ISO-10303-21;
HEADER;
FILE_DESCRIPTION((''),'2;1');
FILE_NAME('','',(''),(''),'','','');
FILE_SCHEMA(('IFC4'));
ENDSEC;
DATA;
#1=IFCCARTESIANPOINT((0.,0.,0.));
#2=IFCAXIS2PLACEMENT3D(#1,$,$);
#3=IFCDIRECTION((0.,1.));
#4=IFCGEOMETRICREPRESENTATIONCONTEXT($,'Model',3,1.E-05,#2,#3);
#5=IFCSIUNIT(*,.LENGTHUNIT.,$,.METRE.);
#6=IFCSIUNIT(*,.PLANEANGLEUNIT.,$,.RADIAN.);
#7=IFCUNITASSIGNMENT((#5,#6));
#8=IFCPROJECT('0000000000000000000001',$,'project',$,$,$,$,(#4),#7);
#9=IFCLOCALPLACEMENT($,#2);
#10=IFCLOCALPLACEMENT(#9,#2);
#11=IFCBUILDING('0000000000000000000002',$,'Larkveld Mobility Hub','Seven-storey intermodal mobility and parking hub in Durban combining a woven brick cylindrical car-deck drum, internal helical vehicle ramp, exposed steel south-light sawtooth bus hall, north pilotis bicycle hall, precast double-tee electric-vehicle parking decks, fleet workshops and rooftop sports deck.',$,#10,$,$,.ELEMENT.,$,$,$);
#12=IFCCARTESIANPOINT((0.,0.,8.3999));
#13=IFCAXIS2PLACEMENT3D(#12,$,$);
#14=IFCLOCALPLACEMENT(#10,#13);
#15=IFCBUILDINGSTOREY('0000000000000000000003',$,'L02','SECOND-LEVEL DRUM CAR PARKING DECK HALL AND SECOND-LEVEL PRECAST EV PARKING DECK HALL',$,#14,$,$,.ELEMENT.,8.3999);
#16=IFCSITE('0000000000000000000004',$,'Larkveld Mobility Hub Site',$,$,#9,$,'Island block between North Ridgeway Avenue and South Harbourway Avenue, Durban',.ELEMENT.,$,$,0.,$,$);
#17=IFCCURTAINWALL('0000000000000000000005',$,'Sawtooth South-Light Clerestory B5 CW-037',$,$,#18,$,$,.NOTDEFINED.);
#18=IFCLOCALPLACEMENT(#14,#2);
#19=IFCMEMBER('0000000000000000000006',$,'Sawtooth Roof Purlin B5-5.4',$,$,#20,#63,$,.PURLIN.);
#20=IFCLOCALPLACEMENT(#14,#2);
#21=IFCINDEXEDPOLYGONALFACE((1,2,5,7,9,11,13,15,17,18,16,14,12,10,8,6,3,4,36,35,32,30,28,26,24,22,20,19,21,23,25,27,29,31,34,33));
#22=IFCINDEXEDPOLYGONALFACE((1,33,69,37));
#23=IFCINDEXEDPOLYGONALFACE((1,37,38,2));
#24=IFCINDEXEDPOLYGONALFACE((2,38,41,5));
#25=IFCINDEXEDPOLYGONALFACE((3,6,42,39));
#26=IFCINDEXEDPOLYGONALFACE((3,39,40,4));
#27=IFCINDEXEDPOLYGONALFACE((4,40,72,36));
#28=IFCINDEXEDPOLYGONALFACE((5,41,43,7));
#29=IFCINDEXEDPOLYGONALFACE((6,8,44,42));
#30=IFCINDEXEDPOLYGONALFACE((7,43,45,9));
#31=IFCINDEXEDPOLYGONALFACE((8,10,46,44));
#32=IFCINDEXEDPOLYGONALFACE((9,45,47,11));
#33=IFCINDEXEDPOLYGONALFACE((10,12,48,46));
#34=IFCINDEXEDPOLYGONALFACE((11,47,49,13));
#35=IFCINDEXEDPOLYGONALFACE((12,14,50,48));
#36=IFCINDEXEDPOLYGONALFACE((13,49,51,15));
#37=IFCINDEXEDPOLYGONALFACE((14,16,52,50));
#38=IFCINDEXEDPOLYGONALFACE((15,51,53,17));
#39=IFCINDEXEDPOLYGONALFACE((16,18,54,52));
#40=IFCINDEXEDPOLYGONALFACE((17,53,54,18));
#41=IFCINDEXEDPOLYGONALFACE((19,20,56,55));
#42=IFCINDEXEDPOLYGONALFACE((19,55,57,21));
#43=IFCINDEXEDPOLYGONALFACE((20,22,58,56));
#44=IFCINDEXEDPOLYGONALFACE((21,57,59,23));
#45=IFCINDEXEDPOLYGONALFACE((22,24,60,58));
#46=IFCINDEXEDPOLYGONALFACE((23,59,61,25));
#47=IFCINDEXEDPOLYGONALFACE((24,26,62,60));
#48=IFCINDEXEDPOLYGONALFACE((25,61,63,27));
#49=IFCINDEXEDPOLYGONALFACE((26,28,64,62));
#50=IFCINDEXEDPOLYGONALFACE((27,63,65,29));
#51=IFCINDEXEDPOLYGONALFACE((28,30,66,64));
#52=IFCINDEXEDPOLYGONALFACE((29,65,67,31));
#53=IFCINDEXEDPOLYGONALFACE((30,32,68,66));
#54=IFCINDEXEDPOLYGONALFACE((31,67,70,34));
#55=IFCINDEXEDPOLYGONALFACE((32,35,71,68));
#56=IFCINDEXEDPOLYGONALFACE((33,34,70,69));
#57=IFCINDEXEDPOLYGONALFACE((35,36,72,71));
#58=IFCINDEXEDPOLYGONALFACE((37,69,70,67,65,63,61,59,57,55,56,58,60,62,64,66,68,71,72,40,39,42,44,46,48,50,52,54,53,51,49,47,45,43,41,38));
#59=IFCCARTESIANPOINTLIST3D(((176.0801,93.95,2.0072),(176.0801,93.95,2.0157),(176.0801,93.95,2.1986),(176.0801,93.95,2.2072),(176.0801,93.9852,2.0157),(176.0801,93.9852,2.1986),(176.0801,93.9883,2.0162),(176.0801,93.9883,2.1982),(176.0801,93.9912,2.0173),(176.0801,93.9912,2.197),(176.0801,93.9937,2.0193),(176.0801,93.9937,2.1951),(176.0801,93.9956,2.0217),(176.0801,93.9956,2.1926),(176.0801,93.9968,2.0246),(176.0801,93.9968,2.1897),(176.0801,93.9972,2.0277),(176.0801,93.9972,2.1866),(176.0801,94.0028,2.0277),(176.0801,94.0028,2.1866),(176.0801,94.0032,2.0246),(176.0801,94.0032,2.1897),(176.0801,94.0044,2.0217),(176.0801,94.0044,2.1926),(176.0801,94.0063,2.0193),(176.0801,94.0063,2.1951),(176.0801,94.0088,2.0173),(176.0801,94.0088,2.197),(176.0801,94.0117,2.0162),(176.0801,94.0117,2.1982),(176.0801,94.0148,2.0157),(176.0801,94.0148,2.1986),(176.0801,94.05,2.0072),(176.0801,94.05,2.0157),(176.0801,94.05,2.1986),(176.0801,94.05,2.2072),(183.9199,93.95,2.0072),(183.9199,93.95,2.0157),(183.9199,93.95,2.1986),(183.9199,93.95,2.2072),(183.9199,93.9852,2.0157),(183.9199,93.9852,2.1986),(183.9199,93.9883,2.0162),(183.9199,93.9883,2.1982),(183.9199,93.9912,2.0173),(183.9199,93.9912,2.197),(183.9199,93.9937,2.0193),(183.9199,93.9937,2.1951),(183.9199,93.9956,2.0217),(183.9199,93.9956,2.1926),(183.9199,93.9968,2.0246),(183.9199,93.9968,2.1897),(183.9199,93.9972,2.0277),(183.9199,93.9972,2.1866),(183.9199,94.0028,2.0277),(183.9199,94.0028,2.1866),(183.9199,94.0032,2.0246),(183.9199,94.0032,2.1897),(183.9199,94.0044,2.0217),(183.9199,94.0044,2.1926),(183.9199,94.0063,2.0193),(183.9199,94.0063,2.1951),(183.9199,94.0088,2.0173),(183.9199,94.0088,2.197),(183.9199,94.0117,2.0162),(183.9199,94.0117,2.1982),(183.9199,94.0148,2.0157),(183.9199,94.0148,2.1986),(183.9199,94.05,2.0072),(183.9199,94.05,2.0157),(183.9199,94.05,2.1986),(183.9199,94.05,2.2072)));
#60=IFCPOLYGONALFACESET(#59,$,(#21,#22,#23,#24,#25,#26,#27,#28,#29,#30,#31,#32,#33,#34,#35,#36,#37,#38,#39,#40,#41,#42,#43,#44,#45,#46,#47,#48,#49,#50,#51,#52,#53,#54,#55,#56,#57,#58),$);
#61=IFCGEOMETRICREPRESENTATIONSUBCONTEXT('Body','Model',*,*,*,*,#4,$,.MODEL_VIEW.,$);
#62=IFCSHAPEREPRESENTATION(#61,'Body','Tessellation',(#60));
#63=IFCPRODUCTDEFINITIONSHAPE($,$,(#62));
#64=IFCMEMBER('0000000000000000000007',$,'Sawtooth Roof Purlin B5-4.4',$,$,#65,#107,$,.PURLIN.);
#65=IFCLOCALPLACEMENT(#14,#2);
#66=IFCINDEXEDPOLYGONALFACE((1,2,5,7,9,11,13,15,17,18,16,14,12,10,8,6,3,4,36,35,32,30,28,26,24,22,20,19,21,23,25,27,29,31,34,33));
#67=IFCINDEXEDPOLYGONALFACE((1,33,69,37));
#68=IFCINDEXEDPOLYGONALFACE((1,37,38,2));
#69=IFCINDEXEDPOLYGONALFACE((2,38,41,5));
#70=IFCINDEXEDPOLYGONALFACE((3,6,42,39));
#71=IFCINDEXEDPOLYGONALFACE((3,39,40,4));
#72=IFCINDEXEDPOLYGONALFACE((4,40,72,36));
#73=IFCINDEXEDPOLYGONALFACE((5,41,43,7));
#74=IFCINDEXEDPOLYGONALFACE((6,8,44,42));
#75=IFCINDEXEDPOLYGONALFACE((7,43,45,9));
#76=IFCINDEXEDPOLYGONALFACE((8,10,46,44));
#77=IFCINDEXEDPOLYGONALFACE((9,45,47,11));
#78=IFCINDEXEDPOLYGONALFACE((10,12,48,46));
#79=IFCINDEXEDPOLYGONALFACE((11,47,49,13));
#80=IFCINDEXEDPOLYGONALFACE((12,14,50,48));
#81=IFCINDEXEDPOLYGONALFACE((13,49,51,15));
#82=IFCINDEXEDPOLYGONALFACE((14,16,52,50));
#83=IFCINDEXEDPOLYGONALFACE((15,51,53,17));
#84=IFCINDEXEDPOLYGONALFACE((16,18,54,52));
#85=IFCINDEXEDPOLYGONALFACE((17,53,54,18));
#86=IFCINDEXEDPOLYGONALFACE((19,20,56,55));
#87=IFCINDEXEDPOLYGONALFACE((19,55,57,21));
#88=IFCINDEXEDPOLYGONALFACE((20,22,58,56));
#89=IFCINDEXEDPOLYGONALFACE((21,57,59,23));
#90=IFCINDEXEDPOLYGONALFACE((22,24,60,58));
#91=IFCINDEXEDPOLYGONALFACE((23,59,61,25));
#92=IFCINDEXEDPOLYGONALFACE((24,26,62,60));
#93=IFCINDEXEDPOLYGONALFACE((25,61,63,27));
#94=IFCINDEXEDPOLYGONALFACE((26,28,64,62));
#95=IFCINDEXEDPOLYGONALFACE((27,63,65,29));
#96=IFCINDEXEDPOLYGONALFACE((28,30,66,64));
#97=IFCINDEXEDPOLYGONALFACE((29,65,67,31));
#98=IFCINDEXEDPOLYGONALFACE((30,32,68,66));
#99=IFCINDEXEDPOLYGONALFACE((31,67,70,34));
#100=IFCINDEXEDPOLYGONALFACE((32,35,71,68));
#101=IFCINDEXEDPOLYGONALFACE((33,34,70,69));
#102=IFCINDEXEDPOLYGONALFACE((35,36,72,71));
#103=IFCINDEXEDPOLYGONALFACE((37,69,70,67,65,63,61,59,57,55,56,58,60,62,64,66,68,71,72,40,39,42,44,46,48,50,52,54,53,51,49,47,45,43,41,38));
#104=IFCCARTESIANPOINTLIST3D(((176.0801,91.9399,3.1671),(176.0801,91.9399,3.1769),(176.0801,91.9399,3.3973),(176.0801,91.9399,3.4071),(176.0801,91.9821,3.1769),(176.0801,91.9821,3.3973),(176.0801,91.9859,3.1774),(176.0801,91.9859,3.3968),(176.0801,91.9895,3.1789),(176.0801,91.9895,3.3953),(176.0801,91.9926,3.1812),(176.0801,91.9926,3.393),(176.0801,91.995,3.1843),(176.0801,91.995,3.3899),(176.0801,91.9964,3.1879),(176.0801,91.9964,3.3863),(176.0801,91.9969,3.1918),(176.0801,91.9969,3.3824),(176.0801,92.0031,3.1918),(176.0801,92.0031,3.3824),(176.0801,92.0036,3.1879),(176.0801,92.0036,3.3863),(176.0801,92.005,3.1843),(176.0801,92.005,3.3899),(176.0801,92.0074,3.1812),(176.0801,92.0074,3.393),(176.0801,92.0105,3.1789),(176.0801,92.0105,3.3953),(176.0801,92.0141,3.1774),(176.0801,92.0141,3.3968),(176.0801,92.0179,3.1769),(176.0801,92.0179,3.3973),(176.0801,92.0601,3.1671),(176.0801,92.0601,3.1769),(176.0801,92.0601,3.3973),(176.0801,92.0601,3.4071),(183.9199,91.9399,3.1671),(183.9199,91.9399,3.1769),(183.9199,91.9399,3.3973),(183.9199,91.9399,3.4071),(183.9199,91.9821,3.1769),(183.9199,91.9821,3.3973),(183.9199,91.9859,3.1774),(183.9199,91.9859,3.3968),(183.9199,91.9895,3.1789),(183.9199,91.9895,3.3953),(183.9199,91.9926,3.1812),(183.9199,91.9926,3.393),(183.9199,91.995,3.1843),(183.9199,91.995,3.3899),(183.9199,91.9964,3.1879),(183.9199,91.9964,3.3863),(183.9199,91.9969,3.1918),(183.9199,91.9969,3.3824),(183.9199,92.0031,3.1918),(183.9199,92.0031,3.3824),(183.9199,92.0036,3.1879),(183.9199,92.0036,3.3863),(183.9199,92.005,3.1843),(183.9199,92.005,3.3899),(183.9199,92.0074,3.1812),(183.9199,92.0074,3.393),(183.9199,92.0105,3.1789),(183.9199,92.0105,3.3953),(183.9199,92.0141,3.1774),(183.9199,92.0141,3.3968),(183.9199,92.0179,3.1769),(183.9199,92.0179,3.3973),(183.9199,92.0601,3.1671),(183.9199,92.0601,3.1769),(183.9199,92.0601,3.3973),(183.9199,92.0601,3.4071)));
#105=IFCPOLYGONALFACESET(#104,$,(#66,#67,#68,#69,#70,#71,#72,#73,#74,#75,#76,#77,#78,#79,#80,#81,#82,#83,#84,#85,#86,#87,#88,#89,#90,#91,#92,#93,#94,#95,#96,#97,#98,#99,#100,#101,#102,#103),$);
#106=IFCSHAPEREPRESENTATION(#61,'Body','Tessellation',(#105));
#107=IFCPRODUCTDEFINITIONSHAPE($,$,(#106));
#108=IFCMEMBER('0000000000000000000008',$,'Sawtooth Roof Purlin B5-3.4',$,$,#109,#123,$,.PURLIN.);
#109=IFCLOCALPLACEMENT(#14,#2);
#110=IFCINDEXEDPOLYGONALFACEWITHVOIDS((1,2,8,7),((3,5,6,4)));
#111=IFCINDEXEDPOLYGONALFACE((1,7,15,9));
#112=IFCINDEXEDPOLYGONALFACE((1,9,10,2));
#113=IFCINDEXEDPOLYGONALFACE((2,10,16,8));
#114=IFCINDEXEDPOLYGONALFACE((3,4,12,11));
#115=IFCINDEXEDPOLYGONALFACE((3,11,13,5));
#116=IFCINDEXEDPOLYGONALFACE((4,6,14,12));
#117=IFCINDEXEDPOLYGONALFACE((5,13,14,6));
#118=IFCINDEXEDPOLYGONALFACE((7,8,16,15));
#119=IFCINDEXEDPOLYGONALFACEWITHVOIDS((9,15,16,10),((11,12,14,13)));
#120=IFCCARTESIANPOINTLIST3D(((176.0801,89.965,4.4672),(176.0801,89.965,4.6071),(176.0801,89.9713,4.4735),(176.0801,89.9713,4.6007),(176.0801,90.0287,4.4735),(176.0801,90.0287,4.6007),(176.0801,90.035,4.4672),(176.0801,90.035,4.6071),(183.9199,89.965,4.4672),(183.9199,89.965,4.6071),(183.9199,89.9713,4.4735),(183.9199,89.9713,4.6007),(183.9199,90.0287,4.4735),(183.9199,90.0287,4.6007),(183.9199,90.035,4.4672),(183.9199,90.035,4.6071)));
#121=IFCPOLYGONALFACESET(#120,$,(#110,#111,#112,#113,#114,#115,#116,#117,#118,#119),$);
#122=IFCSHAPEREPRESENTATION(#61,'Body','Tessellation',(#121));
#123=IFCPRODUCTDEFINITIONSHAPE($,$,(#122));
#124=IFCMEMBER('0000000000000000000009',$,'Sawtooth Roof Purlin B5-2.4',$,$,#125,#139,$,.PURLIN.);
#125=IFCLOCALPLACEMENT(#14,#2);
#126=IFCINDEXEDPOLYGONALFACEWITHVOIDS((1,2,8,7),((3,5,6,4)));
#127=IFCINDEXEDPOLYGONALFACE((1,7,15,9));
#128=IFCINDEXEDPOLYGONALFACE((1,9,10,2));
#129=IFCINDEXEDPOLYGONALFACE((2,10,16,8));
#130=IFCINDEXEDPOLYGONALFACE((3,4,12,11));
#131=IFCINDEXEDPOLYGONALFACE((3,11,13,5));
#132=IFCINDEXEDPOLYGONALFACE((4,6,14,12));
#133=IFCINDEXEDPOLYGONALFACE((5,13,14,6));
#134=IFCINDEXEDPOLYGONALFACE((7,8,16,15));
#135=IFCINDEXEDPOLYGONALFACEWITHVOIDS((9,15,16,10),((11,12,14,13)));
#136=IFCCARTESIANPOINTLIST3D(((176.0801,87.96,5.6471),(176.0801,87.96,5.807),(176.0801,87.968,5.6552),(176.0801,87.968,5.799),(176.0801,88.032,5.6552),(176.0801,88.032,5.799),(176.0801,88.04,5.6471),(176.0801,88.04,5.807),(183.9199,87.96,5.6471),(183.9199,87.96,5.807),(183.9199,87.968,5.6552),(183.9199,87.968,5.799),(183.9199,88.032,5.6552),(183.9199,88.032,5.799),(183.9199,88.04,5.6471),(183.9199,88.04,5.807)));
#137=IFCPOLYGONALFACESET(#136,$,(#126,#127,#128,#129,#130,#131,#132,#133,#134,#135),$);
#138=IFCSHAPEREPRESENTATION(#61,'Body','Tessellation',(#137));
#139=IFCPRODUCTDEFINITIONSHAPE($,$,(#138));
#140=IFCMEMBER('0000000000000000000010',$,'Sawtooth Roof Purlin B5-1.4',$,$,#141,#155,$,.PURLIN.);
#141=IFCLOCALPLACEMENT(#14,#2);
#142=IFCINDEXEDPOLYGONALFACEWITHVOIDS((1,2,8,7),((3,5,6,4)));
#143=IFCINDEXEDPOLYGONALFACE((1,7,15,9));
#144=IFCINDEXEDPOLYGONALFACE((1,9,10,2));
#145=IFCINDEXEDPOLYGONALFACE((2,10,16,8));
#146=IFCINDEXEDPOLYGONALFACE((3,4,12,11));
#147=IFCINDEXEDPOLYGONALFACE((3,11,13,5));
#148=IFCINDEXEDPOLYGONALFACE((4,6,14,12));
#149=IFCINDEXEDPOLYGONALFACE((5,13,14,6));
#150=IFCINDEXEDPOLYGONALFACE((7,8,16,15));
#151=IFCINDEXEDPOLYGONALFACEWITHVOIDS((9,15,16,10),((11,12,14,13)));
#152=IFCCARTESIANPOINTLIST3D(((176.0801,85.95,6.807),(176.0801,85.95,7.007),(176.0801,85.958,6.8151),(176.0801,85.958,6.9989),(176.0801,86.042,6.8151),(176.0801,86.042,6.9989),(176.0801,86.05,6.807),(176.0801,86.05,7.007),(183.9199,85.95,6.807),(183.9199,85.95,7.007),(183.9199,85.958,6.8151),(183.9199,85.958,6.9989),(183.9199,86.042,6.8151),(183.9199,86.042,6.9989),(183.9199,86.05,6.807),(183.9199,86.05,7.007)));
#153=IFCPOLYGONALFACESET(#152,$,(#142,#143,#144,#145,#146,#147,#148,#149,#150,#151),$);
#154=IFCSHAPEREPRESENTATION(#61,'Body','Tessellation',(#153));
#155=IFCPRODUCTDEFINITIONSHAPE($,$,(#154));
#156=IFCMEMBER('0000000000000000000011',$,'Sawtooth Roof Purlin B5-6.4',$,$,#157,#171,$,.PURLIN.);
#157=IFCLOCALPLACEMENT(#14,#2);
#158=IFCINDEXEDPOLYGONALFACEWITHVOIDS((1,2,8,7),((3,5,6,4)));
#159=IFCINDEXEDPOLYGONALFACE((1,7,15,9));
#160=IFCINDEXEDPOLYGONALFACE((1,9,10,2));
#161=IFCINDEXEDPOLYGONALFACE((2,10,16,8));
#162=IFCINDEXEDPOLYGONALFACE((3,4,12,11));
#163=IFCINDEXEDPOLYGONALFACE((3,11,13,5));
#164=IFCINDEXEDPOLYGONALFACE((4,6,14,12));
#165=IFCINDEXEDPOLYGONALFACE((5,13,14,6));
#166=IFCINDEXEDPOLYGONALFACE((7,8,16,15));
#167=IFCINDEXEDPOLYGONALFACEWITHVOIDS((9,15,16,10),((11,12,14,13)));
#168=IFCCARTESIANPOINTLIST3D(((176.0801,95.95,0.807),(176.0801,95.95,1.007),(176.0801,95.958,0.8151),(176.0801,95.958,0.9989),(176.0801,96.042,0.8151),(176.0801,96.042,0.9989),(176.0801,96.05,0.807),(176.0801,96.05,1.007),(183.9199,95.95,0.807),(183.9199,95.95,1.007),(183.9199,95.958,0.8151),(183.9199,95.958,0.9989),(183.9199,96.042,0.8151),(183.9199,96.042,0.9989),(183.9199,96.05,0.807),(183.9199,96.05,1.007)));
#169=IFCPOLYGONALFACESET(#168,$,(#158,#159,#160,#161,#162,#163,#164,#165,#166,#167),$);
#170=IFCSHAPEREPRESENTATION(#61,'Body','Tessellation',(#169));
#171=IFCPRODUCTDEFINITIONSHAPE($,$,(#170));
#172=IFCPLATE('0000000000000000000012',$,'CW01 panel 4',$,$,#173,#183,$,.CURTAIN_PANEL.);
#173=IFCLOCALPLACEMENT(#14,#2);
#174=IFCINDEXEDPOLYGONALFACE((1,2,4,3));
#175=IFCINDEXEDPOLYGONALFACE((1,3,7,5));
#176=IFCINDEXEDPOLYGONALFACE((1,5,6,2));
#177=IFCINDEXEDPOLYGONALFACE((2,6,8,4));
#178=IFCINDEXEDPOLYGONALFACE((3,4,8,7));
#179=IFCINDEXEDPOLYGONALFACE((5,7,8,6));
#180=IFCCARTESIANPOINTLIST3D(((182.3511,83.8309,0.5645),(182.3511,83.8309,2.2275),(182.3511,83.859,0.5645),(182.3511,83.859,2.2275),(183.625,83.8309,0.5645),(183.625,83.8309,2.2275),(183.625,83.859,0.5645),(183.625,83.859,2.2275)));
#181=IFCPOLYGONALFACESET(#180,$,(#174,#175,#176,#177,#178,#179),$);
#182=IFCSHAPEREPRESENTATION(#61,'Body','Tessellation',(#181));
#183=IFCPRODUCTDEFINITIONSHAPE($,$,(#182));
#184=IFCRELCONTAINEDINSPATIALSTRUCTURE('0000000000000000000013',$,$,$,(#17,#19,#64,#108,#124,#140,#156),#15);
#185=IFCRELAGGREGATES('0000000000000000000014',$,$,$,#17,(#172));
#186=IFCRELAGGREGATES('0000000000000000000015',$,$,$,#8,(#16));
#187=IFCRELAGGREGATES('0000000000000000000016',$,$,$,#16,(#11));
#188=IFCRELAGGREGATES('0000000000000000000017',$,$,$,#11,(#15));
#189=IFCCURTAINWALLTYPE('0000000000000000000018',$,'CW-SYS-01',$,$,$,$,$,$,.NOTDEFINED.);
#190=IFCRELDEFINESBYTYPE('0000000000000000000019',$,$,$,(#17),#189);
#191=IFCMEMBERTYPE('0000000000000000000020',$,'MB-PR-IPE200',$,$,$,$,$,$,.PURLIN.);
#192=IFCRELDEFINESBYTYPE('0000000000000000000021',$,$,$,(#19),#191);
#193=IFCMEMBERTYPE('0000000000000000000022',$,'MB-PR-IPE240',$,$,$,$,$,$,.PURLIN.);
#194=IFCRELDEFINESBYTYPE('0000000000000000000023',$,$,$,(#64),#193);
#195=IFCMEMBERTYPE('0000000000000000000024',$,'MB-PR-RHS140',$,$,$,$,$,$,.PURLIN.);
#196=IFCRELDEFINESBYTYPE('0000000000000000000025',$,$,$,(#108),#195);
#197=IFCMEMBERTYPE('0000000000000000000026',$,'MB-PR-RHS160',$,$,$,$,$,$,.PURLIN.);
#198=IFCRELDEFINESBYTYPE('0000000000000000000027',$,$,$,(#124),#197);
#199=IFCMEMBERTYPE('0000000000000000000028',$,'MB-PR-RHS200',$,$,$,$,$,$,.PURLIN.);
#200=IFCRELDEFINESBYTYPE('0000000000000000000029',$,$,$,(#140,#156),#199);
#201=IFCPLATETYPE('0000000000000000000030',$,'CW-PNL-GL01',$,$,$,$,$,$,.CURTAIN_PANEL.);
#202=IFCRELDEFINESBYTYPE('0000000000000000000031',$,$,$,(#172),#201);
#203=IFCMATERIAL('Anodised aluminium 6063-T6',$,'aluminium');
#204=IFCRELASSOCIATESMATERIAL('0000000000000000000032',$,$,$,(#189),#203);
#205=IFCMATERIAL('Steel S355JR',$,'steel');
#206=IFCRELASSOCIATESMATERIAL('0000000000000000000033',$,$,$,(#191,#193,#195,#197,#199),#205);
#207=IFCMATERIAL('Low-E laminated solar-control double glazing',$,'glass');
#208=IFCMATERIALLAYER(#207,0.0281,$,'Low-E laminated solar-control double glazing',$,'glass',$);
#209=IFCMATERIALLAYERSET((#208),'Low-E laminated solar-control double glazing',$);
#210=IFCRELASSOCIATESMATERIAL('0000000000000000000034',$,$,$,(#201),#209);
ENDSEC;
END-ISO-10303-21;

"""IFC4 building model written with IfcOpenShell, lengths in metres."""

from ifc_helpers import new_model, si_unit, direction, frame, origin, origin_2d, place, context, subcontext, project, spatial, rectangle, hollow_rectangle, i_section, extrude, material, layer, layer_set, material_profile, profile_set, type_object, element, aggregate, save


model = new_model("IFC4")

# Units and contexts
model_context = context("Model", 3, precision=1e-05, world=origin(), true_north=direction((0.0, 1.0)))
body_context = subcontext(model_context, "Body", "Model", "MODEL_VIEW")
ifc_project = project(units=[si_unit("LENGTHUNIT", "METRE"), si_unit("PLANEANGLEUNIT", "RADIAN")], contexts=[model_context])

# Site, building, storey
site_placement = place(None, origin())
site = spatial("IfcSite", under=ifc_project, at=site_placement, Name="Larkveld Mobility Hub Site", LongName="Island block between North Ridgeway Avenue and South Harbourway Avenue, Durban", CompositionType="ELEMENT", RefElevation=0.0)
building_placement = place(site_placement, origin())
building = spatial("IfcBuilding", under=site, at=building_placement, Name="Larkveld Mobility Hub", Description="Seven-storey intermodal mobility and parking hub in Durban combining a woven brick cylindrical car-deck drum, internal helical vehicle ramp, exposed steel south-light sawtooth bus hall, north pilotis bicycle hall, precast double-tee electric-vehicle parking decks, fleet workshops and rooftop sports deck.", CompositionType="ELEMENT")
storey_placement = place(building_placement, frame((0.0, 0.0, 8.3999)))
storey = spatial("IfcBuildingStorey", under=building, at=storey_placement, Name="L02", Description="SECOND-LEVEL DRUM CAR PARKING DECK HALL AND SECOND-LEVEL PRECAST EV PARKING DECK HALL", CompositionType="ELEMENT", Elevation=8.3999)

# Shared definitions
ifc_material_1 = material(Name="Steel S355JR", Category="steel")

# Curtain wall
ifc_material_2 = material(Name="Anodised aluminium 6063-T6", Category="aluminium")
curtain_wall_type = type_object("IfcCurtainWallType", Name="CW-SYS-01", PredefinedType="NOTDEFINED", material=ifc_material_2)
curtain_wall_placement = place(storey_placement, origin())
curtain_wall = element("IfcCurtainWall", 1, at=curtain_wall_placement, inside=storey, type_object=curtain_wall_type, Name="Sawtooth South-Light Clerestory B5 CW-037", PredefinedType="NOTDEFINED")

# Members
ifc_material_profile_1 = material_profile(ifc_material_1, i_section(OverallWidth=0.1001, OverallDepth=0.2, WebThickness=0.0056, FlangeThickness=0.0085, FilletRadius=0.012, at=origin_2d()), Name="IPE 200")
ifc_profile_set_1 = profile_set([ifc_material_profile_1], Name="Steel S355JR")
member_type_1 = type_object("IfcMemberType", Name="MB-PR-IPE200", PredefinedType="PURLIN", material=ifc_profile_set_1)
member_1_placement = place(storey_placement, frame((176.0801, 94.0, 2.1072), z_axis=(1.0, 0.0, 0.0), x_axis=(0.0, 1.0, 0.0)))
element("IfcMember", 2, at=member_1_placement, inside=storey, type_object=member_type_1, Name="Sawtooth Roof Purlin B5-5.4", PredefinedType="PURLIN", context=body_context, shape_type="SweptSolid", body=[
    extrude(i_section(OverallWidth=0.1001, OverallDepth=0.2, WebThickness=0.0056, FlangeThickness=0.0085, FilletRadius=0.012, at=origin_2d()), origin(), (0.0, 0.0, 1.0), 7.8398),
])
ifc_material_profile_2 = material_profile(ifc_material_1, i_section(OverallWidth=0.1201, OverallDepth=0.24, WebThickness=0.0061, FlangeThickness=0.0098, FilletRadius=0.0149, at=origin_2d()), Name="IPE 240")
ifc_profile_set_2 = profile_set([ifc_material_profile_2], Name="Steel S355JR")
member_type_2 = type_object("IfcMemberType", Name="MB-PR-IPE240", PredefinedType="PURLIN", material=ifc_profile_set_2)
member_2_placement = place(storey_placement, frame((176.0801, 92.0, 3.2871), z_axis=(1.0, 0.0, 0.0), x_axis=(0.0, 1.0, 0.0)))
element("IfcMember", 3, at=member_2_placement, inside=storey, type_object=member_type_2, Name="Sawtooth Roof Purlin B5-4.4", PredefinedType="PURLIN", context=body_context, shape_type="SweptSolid", body=[
    extrude(i_section(OverallWidth=0.1201, OverallDepth=0.24, WebThickness=0.0061, FlangeThickness=0.0098, FilletRadius=0.0149, at=origin_2d()), origin(), (0.0, 0.0, 1.0), 7.8398),
])
ifc_material_profile_3 = material_profile(ifc_material_1, hollow_rectangle(XDim=0.0701, YDim=0.1399, WallThickness=0.0063, at=origin_2d()), Name="RHS 140x70x6.3")
ifc_profile_set_3 = profile_set([ifc_material_profile_3], Name="Steel S355JR")
member_type_3 = type_object("IfcMemberType", Name="MB-PR-RHS140", PredefinedType="PURLIN", material=ifc_profile_set_3)
member_3_placement = place(storey_placement, frame((176.0801, 90.0, 4.5371), z_axis=(1.0, 0.0, 0.0), x_axis=(0.0, 1.0, 0.0)))
element("IfcMember", 4, at=member_3_placement, inside=storey, type_object=member_type_3, Name="Sawtooth Roof Purlin B5-3.4", PredefinedType="PURLIN", context=body_context, shape_type="SweptSolid", body=[
    extrude(hollow_rectangle(XDim=0.0701, YDim=0.1399, WallThickness=0.0063, at=origin_2d()), origin(), (0.0, 0.0, 1.0), 7.8398),
])
ifc_material_profile_4 = material_profile(ifc_material_1, hollow_rectangle(XDim=0.0801, YDim=0.1599, WallThickness=0.0081, at=origin_2d()), Name="RHS 160x80x8")
ifc_profile_set_4 = profile_set([ifc_material_profile_4], Name="Steel S355JR")
member_type_4 = type_object("IfcMemberType", Name="MB-PR-RHS160", PredefinedType="PURLIN", material=ifc_profile_set_4)
member_4_placement = place(storey_placement, frame((176.0801, 88.0, 5.7271), z_axis=(1.0, 0.0, 0.0), x_axis=(0.0, 1.0, 0.0)))
element("IfcMember", 5, at=member_4_placement, inside=storey, type_object=member_type_4, Name="Sawtooth Roof Purlin B5-2.4", PredefinedType="PURLIN", context=body_context, shape_type="SweptSolid", body=[
    extrude(hollow_rectangle(XDim=0.0801, YDim=0.1599, WallThickness=0.0081, at=origin_2d()), origin(), (0.0, 0.0, 1.0), 7.8398),
])
ifc_material_profile_5 = material_profile(ifc_material_1, hollow_rectangle(XDim=0.1001, YDim=0.2, WallThickness=0.0081, at=origin_2d()), Name="RHS 200x100x8")
ifc_profile_set_5 = profile_set([ifc_material_profile_5], Name="Steel S355JR")
member_type_5 = type_object("IfcMemberType", Name="MB-PR-RHS200", PredefinedType="PURLIN", material=ifc_profile_set_5)
for number, where, z_axis, x_axis, name in (
    (6, (176.0801, 86.0, 6.907), (1.0, 0.0, 0.0), (0.0, 1.0, 0.0), "Sawtooth Roof Purlin B5-1.4"),
    (7, (176.0801, 96.0, 0.907), (1.0, 0.0, 0.0), (0.0, 1.0, 0.0), "Sawtooth Roof Purlin B5-6.4"),
):
    element("IfcMember", number, at=place(storey_placement, frame(where, z_axis=z_axis, x_axis=x_axis)), inside=storey, type_object=member_type_5, Name=name, PredefinedType="PURLIN", context=body_context, shape_type="SweptSolid", body=[
        extrude(hollow_rectangle(XDim=0.1001, YDim=0.2, WallThickness=0.0081, at=origin_2d()), origin(), (0.0, 0.0, 1.0), 7.8398),
    ])

# Plate
ifc_material_3 = material(Name="Low-E laminated solar-control double glazing", Category="glass")
ifc_layer_1 = layer(ifc_material_3, 0.0281, Name="Low-E laminated solar-control double glazing", Category="glass")
ifc_layer_set_1 = layer_set([ifc_layer_1], Name="Low-E laminated solar-control double glazing")
plate_type_1 = type_object("IfcPlateType", Name="CW-PNL-GL01", PredefinedType="CURTAIN_PANEL", material=ifc_layer_set_1)
plate_1_placement = place(storey_placement, frame((182.988, 83.845, 0.5645), z_axis=(0.0, 0.0, 1.0), x_axis=(1.0, 0.0, 0.0)))
plate_1 = element("IfcPlate", 8, at=plate_1_placement, type_object=plate_type_1, Name="CW01 panel 4", PredefinedType="CURTAIN_PANEL", context=body_context, shape_type="SweptSolid", body=[
    extrude(rectangle(XDim=1.2739, YDim=0.0281, at=origin_2d()), origin(), (0.0, 0.0, 1.0), 1.6631),
])
aggregate(curtain_wall, [plate_1])

save(model, "model.ifc")
